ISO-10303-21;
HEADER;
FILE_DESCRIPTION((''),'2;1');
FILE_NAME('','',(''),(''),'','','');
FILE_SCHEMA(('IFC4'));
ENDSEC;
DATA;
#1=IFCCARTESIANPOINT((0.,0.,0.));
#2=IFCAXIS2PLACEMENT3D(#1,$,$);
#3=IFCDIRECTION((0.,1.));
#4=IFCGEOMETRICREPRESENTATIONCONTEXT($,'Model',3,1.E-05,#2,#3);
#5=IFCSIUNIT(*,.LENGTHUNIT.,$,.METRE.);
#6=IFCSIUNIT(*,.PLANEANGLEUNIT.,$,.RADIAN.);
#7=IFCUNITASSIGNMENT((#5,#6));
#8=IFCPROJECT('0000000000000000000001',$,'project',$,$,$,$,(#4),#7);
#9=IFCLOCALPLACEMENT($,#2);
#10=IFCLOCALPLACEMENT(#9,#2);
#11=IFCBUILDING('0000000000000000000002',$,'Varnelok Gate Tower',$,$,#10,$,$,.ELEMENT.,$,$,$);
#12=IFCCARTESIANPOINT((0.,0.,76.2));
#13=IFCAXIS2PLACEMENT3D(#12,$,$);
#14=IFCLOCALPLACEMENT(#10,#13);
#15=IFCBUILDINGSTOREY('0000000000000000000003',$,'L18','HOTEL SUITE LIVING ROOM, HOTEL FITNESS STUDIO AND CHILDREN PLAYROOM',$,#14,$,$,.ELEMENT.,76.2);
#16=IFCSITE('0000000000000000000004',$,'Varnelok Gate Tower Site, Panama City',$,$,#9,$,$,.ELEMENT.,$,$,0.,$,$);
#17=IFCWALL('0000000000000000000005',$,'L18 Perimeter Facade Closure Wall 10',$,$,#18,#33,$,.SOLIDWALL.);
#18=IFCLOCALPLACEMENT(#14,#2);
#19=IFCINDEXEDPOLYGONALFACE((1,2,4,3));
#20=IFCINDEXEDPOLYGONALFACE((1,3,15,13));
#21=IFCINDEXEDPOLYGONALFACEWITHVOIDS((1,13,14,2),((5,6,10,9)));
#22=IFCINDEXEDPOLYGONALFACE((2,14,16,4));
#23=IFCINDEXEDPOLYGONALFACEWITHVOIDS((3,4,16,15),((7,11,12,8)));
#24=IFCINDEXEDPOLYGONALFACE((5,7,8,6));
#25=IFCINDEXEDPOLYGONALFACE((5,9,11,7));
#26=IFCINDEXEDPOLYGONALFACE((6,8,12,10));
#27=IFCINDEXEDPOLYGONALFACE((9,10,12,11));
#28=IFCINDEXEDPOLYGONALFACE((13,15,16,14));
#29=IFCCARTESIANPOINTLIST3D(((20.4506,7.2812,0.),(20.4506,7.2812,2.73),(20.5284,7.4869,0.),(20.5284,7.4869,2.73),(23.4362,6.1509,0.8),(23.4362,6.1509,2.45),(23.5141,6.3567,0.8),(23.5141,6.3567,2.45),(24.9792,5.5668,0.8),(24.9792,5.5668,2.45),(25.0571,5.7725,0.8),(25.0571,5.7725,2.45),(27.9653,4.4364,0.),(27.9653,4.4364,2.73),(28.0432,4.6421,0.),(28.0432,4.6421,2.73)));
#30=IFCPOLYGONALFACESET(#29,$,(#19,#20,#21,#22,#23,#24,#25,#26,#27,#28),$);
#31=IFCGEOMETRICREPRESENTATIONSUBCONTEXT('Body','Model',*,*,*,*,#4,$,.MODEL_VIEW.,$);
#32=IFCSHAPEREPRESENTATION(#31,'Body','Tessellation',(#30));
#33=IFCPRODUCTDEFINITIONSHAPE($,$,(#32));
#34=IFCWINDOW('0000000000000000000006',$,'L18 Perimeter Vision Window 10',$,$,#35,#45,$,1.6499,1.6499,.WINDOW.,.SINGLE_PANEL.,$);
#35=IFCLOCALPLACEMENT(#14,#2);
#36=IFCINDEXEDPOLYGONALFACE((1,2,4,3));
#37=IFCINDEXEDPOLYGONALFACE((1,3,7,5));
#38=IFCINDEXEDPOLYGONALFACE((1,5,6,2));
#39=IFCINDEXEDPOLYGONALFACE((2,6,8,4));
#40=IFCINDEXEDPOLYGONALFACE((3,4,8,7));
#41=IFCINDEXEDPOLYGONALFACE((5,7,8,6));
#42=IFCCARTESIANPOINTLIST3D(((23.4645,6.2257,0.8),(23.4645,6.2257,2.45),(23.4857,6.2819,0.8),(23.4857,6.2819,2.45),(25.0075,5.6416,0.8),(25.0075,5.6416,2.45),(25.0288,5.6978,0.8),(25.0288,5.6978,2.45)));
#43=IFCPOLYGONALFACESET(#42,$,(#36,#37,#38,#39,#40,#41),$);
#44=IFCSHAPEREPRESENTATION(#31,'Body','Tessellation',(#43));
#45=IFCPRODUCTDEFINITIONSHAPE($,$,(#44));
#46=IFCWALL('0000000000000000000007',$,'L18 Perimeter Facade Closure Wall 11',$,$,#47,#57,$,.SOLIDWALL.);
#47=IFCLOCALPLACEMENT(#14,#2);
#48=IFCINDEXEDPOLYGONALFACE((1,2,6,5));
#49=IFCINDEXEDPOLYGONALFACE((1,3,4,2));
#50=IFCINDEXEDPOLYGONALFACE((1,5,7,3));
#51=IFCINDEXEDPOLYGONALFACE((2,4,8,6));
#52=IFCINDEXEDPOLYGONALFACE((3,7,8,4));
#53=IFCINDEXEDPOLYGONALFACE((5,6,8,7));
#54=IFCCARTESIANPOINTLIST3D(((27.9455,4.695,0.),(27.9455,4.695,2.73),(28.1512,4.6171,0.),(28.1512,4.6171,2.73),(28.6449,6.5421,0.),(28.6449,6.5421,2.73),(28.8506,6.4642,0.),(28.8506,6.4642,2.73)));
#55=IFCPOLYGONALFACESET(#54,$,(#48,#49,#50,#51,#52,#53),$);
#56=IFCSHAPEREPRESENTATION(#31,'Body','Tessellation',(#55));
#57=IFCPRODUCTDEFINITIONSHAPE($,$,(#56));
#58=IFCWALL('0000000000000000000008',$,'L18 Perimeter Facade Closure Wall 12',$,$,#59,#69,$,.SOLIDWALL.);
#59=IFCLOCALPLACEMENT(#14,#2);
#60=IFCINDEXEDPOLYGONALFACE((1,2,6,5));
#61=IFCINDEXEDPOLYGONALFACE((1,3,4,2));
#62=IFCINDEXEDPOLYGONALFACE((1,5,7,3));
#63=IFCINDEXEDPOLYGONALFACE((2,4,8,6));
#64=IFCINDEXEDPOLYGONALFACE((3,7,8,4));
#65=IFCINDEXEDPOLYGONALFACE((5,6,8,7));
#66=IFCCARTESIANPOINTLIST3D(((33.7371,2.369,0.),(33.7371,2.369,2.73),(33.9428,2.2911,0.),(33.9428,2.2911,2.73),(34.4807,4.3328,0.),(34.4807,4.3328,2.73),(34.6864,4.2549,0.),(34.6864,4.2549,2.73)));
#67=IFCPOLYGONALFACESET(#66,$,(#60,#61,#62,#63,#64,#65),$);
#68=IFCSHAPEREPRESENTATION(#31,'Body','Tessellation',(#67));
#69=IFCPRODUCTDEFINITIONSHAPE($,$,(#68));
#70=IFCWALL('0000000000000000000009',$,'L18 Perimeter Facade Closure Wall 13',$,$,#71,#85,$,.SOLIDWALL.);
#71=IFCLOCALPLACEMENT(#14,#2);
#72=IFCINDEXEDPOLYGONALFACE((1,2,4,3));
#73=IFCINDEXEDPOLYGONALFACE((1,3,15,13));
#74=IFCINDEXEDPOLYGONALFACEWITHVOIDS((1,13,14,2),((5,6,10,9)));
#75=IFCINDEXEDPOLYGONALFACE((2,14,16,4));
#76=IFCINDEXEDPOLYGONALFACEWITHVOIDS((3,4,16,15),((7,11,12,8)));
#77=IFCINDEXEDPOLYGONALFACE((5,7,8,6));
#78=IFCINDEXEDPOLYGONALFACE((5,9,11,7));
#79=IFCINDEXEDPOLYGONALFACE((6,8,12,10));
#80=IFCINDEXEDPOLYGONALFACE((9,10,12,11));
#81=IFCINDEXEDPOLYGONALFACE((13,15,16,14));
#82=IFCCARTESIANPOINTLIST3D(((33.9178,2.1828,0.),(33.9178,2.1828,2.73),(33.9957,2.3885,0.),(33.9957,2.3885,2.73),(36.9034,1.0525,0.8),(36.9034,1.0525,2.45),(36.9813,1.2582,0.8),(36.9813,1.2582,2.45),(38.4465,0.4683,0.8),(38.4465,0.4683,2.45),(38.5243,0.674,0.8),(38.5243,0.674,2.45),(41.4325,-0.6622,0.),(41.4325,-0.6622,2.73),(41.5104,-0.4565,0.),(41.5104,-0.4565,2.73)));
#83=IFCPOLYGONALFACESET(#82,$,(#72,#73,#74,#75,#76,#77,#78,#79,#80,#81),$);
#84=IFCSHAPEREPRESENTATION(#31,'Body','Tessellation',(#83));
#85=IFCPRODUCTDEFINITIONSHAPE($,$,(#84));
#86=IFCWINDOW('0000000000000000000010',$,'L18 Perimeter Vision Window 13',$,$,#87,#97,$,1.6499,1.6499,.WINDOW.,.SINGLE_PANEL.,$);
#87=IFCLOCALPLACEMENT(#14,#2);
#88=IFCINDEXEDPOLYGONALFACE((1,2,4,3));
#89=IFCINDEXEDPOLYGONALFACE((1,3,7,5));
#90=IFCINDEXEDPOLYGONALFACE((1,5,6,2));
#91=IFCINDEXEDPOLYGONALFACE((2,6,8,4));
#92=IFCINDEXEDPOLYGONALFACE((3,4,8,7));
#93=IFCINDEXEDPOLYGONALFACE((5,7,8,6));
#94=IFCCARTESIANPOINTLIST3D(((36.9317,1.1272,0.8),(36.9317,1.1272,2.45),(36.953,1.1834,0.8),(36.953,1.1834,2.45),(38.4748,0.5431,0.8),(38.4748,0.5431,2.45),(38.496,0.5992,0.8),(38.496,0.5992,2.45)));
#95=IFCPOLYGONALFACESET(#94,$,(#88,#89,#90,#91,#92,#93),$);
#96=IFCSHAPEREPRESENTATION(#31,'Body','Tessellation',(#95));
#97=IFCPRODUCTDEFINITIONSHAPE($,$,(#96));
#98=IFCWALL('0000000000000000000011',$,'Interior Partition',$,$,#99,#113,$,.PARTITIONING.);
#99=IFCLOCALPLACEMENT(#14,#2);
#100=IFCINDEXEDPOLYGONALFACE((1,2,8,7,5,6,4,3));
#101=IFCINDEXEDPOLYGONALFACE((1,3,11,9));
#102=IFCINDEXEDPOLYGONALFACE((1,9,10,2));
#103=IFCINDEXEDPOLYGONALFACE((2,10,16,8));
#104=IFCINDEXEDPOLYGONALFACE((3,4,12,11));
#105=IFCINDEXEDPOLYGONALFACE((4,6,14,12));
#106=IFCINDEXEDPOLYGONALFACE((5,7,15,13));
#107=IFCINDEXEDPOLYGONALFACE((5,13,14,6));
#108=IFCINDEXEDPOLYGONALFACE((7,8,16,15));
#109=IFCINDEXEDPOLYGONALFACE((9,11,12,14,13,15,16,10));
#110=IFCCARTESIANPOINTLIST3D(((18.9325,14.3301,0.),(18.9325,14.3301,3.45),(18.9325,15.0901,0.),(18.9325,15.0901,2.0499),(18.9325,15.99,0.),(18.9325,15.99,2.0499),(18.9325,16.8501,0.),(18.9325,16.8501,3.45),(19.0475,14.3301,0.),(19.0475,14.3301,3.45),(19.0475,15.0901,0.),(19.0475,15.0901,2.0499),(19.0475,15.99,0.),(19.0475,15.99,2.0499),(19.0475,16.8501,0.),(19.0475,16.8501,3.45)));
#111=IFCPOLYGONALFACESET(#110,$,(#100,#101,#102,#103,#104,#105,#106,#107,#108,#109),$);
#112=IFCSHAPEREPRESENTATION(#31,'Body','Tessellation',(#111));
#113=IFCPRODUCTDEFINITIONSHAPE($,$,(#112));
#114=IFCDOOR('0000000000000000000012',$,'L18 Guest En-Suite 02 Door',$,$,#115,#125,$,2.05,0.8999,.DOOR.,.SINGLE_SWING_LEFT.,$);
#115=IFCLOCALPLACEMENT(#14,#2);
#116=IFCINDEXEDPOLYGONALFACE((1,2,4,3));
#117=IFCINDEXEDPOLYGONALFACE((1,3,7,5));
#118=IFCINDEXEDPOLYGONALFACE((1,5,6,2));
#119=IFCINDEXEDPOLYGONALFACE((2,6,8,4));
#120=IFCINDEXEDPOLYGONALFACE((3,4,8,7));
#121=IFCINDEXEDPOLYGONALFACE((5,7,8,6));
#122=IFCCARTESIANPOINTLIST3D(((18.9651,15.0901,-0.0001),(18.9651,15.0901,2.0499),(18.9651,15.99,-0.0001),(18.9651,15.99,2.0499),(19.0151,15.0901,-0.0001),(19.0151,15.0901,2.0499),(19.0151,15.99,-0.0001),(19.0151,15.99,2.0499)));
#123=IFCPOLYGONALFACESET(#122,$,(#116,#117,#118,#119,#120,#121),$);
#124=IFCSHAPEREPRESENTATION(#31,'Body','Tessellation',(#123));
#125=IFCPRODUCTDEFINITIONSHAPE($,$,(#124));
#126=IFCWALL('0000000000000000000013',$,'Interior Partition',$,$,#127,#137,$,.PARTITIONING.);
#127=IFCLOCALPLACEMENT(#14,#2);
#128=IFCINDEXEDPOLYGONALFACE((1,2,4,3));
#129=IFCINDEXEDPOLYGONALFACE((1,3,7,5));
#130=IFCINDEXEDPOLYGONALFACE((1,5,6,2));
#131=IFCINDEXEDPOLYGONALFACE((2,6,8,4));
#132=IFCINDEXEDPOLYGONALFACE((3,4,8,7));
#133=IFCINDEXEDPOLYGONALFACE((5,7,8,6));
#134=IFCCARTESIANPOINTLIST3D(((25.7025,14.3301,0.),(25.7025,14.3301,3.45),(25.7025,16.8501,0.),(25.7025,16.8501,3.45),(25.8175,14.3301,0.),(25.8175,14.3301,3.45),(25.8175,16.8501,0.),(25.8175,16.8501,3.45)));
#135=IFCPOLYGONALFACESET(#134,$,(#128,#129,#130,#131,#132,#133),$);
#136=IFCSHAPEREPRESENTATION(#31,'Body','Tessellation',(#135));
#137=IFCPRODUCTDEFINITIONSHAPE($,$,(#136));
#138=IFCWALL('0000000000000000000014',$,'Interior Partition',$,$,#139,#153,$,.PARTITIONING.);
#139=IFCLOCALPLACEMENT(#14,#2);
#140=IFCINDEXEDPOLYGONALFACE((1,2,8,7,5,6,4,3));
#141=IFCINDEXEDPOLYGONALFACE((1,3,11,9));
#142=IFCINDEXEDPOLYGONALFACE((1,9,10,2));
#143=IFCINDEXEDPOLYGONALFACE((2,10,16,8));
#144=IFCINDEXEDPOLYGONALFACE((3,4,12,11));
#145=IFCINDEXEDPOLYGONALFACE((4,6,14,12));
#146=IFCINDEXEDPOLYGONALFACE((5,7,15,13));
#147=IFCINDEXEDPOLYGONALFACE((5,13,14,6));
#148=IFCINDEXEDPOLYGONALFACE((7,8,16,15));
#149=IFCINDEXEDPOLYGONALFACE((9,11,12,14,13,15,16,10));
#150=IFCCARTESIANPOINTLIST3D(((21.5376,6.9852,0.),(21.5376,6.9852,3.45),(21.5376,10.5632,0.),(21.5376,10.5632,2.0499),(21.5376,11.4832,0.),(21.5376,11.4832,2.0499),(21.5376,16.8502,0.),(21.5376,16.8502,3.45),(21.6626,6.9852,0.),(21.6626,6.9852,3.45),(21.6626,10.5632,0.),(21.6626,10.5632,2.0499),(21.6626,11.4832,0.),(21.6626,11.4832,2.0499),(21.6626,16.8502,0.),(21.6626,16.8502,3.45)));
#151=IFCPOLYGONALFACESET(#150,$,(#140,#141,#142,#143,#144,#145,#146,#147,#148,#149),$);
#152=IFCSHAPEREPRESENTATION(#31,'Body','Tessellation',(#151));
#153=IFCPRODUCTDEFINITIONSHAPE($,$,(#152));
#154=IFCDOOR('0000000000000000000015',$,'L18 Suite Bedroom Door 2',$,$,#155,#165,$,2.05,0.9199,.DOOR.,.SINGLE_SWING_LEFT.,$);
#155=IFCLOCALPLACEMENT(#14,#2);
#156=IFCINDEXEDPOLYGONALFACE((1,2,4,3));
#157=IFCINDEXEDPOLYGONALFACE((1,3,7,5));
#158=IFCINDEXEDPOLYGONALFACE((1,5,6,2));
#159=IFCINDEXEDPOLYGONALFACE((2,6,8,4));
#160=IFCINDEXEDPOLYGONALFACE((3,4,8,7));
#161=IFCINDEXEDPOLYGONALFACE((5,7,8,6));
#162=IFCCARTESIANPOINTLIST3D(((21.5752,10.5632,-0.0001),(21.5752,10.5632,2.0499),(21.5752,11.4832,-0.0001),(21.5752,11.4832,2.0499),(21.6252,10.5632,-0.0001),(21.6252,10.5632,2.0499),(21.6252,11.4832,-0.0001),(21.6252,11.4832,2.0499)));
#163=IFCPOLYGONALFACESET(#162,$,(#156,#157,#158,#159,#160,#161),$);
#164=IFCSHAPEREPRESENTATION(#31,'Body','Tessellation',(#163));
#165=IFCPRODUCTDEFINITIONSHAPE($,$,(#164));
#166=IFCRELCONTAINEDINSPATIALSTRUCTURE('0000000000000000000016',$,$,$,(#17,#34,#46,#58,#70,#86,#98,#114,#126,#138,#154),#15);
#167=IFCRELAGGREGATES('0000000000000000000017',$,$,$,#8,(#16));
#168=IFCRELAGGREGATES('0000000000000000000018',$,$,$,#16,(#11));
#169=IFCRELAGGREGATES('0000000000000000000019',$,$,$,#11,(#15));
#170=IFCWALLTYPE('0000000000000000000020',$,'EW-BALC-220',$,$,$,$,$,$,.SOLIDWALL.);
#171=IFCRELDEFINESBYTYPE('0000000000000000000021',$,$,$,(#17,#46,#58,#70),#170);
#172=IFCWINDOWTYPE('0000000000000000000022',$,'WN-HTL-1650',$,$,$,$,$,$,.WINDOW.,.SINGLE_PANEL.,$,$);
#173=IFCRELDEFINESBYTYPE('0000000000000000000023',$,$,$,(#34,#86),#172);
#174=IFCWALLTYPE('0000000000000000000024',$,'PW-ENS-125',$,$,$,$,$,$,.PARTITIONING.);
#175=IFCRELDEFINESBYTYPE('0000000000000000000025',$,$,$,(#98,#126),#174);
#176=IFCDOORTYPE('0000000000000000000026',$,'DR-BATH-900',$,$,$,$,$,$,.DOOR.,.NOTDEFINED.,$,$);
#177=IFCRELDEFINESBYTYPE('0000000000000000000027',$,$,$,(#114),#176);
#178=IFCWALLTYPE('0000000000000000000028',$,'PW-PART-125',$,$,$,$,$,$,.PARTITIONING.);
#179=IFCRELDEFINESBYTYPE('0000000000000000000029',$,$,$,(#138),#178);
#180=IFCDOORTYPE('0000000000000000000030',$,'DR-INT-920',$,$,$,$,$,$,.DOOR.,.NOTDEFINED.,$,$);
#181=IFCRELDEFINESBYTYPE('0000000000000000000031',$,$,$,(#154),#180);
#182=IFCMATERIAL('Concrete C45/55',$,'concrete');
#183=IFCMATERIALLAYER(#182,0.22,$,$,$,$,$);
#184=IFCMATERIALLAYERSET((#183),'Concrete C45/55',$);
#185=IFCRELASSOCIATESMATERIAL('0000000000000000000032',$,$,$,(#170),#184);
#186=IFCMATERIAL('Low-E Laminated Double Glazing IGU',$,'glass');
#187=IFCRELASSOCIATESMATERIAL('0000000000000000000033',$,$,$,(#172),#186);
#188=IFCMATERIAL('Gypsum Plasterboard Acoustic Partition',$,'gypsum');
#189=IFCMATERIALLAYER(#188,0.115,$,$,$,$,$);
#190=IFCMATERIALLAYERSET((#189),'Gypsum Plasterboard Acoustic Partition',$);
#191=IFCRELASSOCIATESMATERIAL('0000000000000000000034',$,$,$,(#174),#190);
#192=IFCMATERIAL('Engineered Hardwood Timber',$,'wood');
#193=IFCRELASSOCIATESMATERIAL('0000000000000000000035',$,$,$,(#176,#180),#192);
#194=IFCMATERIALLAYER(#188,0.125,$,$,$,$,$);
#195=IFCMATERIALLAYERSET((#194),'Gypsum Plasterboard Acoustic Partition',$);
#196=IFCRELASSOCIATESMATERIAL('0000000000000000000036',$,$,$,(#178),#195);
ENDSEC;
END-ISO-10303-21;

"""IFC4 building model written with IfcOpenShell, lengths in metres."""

from ifc_helpers import new_model, si_unit, direction, frame, frame_2d, origin, place, context, subcontext, project, spatial, rectangle, extrude, material, layer, layer_set, type_object, element, fill, save


model = new_model("IFC4")

# Units and contexts
model_context = context("Model", 3, precision=1e-05, world=origin(), true_north=direction((0.0, 1.0)))
body_context = subcontext(model_context, "Body", "Model", "MODEL_VIEW")
ifc_project = project(units=[si_unit("LENGTHUNIT", "METRE"), si_unit("PLANEANGLEUNIT", "RADIAN")], contexts=[model_context])

# Site, building, storey
site_placement = place(None, origin())
site = spatial("IfcSite", under=ifc_project, at=site_placement, Name="Varnelok Gate Tower Site, Panama City", CompositionType="ELEMENT", RefElevation=0.0)
building_placement = place(site_placement, origin())
building = spatial("IfcBuilding", under=site, at=building_placement, Name="Varnelok Gate Tower", CompositionType="ELEMENT")
storey_placement = place(building_placement, frame((0.0, 0.0, 76.2)))
storey = spatial("IfcBuildingStorey", under=building, at=storey_placement, Name="L18", Description="HOTEL SUITE LIVING ROOM, HOTEL FITNESS STUDIO AND CHILDREN PLAYROOM", CompositionType="ELEMENT", Elevation=76.2)

# Shared definitions
ifc_material_1 = material(Name="Concrete C45/55", Category="concrete")
ifc_layer_1 = layer(ifc_material_1, 0.22)
ifc_layer_set_1 = layer_set([ifc_layer_1], Name="Concrete C45/55")
wall_type_1 = type_object("IfcWallType", Name="EW-BALC-220", PredefinedType="SOLIDWALL", material=ifc_layer_set_1)

# Wall, opening, window
wall_1_placement = place(storey_placement, frame((20.4895, 7.384, 0.0), z_axis=(0.0, 0.0, 1.0), x_axis=(0.935231, -0.354039, 0.0)))
wall_1 = element("IfcWall", 1, at=wall_1_placement, inside=storey, type_object=wall_type_1, Name="L18 Perimeter Facade Closure Wall 10", PredefinedType="SOLIDWALL", context=body_context, shape_type="SweptSolid", body=[
    extrude(rectangle(XDim=8.0352, YDim=0.22, at=frame_2d((4.0176, 0.0))), origin(), (0.0, 0.0, 1.0), 2.73),
])
opening_1_placement = place(wall_1_placement, frame((3.1924, 0.0, 0.8)))
opening_1 = element("IfcOpeningElement", 2, at=opening_1_placement, cuts=wall_1, PredefinedType="OPENING", context=body_context, shape_type="SweptSolid", body=[
    extrude(rectangle(XDim=1.6499, YDim=1.6499, at=frame_2d((0.825, 0.825))), frame((0.0, 0.1199, 0.0), z_axis=(0.0, -1.0, 0.0), x_axis=(1.0, 0.0, 0.0)), (0.0, 0.0, 1.0), 0.24),
])
ifc_material_2 = material(Name="Low-E Laminated Double Glazing IGU", Category="glass")
window_type = type_object("IfcWindowType", Name="WN-HTL-1650", PartitioningType="SINGLE_PANEL", PredefinedType="WINDOW", material=ifc_material_2)
window_1_placement = place(opening_1_placement, origin())
window_1 = element("IfcWindow", 3, at=window_1_placement, inside=storey, type_object=window_type, Name="L18 Perimeter Vision Window 10", OverallHeight=1.6499, OverallWidth=1.6499, PartitioningType="SINGLE_PANEL", PredefinedType="WINDOW", context=body_context, shape_type="SweptSolid", body=[
    extrude(rectangle(XDim=1.6499, YDim=1.6499, at=frame_2d((0.825, 0.825))), frame((0.0, 0.03, 0.0), z_axis=(0.0, -1.0, 0.0), x_axis=(1.0, 0.0, 0.0)), (0.0, 0.0, 1.0), 0.0601),
])
fill(opening_1, window_1)

# Walls
wall_2_placement = place(storey_placement, frame((28.0483, 4.656, 0.0), z_axis=(0.0, 0.0, 1.0), x_axis=(0.354129, 0.935197, 0.0)))
element("IfcWall", 4, at=wall_2_placement, inside=storey, type_object=wall_type_1, Name="L18 Perimeter Facade Closure Wall 11", PredefinedType="SOLIDWALL", context=body_context, shape_type="SweptSolid", body=[
    extrude(rectangle(XDim=1.9751, YDim=0.22, at=frame_2d((0.9875, 0.0))), origin(), (0.0, 0.0, 1.0), 2.73),
])
wall_3_placement = place(storey_placement, frame((34.5835, 4.2937, 0.0), z_axis=(0.0, 0.0, 1.0), x_axis=(-0.354128, -0.935197, 0.0)))
element("IfcWall", 5, at=wall_3_placement, inside=storey, type_object=wall_type_1, Name="L18 Perimeter Facade Closure Wall 12", PredefinedType="SOLIDWALL", context=body_context, shape_type="SweptSolid", body=[
    extrude(rectangle(XDim=2.0999, YDim=0.22, at=frame_2d((1.0498, 0.0))), origin(), (0.0, 0.0, 1.0), 2.73),
])

# Wall, opening, window
wall_4_placement = place(storey_placement, frame((33.9568, 2.2856, 0.0), z_axis=(0.0, 0.0, 1.0), x_axis=(0.935221, -0.354065, 0.0)))
wall_4 = element("IfcWall", 6, at=wall_4_placement, inside=storey, type_object=wall_type_1, Name="L18 Perimeter Facade Closure Wall 13", PredefinedType="SOLIDWALL", context=body_context, shape_type="SweptSolid", body=[
    extrude(rectangle(XDim=8.0352, YDim=0.22, at=frame_2d((4.0176, 0.0))), origin(), (0.0, 0.0, 1.0), 2.73),
])
opening_2_placement = place(wall_4_placement, frame((3.1924, 0.0, 0.8)))
opening_2 = element("IfcOpeningElement", 7, at=opening_2_placement, cuts=wall_4, PredefinedType="OPENING", context=body_context, shape_type="SweptSolid", body=[
    extrude(rectangle(XDim=1.6499, YDim=1.6499, at=frame_2d((0.825, 0.825))), frame((0.0, 0.1199, 0.0), z_axis=(0.0, -1.0, 0.0), x_axis=(1.0, 0.0, 0.0)), (0.0, 0.0, 1.0), 0.24),
])
window_2_placement = place(opening_2_placement, origin())
window_2 = element("IfcWindow", 8, at=window_2_placement, inside=storey, type_object=window_type, Name="L18 Perimeter Vision Window 13", OverallHeight=1.6499, OverallWidth=1.6499, PartitioningType="SINGLE_PANEL", PredefinedType="WINDOW", context=body_context, shape_type="SweptSolid", body=[
    extrude(rectangle(XDim=1.6499, YDim=1.6499, at=frame_2d((0.825, 0.825))), frame((0.0, 0.03, 0.0), z_axis=(0.0, -1.0, 0.0), x_axis=(1.0, 0.0, 0.0)), (0.0, 0.0, 1.0), 0.0601),
])
fill(opening_2, window_2)

# Wall, opening, door
ifc_material_3 = material(Name="Gypsum Plasterboard Acoustic Partition", Category="gypsum")
ifc_layer_2 = layer(ifc_material_3, 0.115)
ifc_layer_set_2 = layer_set([ifc_layer_2], Name="Gypsum Plasterboard Acoustic Partition")
wall_type_2 = type_object("IfcWallType", Name="PW-ENS-125", PredefinedType="PARTITIONING", material=ifc_layer_set_2)
wall_5_placement = place(storey_placement, frame((18.99, 14.3301, 0.0), z_axis=(0.0, 0.0, 1.0), x_axis=(0.0, 1.0, 0.0)))
wall_5 = element("IfcWall", 9, at=wall_5_placement, inside=storey, type_object=wall_type_2, Name="Interior Partition", PredefinedType="PARTITIONING", context=body_context, shape_type="SweptSolid", body=[
    extrude(rectangle(XDim=2.52, YDim=0.115, at=frame_2d((1.26, 0.0))), origin(), (0.0, 0.0, 1.0), 3.45),
])
opening_3_placement = place(wall_5_placement, frame((0.76, 0.0, 0.0)))
opening_3 = element("IfcOpeningElement", 10, at=opening_3_placement, cuts=wall_5, PredefinedType="OPENING", context=body_context, shape_type="SweptSolid", body=[
    extrude(rectangle(XDim=0.8999, YDim=2.05, at=frame_2d((0.45, 1.0249))), frame((0.0, 0.0674, 0.0), z_axis=(0.0, -1.0, 0.0), x_axis=(1.0, 0.0, 0.0)), (0.0, 0.0, 1.0), 0.135),
])
ifc_material_4 = material(Name="Engineered Hardwood Timber", Category="wood")
door_type_1 = type_object("IfcDoorType", Name="DR-BATH-900", OperationType="NOTDEFINED", PredefinedType="DOOR", material=ifc_material_4)
door_1_placement = place(opening_3_placement, origin())
door_1 = element("IfcDoor", 11, at=door_1_placement, inside=storey, type_object=door_type_1, Name="L18 Guest En-Suite 02 Door", OperationType="SINGLE_SWING_LEFT", OverallHeight=2.05, OverallWidth=0.8999, PredefinedType="DOOR", context=body_context, shape_type="SweptSolid", body=[
    extrude(rectangle(XDim=0.8999, YDim=2.05, at=frame_2d((0.45, 1.0249))), frame((0.0, 0.0249, 0.0), z_axis=(0.0, -1.0, 0.0), x_axis=(1.0, 0.0, 0.0)), (0.0, 0.0, 1.0), 0.05),
])
fill(opening_3, door_1)

# Wall
wall_6_placement = place(storey_placement, frame((25.76, 14.3301, 0.0), z_axis=(0.0, 0.0, 1.0), x_axis=(0.0, 1.0, 0.0)))
element("IfcWall", 12, at=wall_6_placement, inside=storey, type_object=wall_type_2, Name="Interior Partition", PredefinedType="PARTITIONING", context=body_context, shape_type="SweptSolid", body=[
    extrude(rectangle(XDim=2.52, YDim=0.115, at=frame_2d((1.26, 0.0))), origin(), (0.0, 0.0, 1.0), 3.45),
])

# Wall, opening, door
ifc_layer_3 = layer(ifc_material_3, 0.125)
ifc_layer_set_3 = layer_set([ifc_layer_3], Name="Gypsum Plasterboard Acoustic Partition")
wall_type_3 = type_object("IfcWallType", Name="PW-PART-125", PredefinedType="PARTITIONING", material=ifc_layer_set_3)
wall_7_placement = place(storey_placement, frame((21.6001, 6.9851, 0.0), z_axis=(0.0, 0.0, 1.0), x_axis=(0.0, 1.0, 0.0)))
wall_7 = element("IfcWall", 13, at=wall_7_placement, inside=storey, type_object=wall_type_3, Name="Interior Partition", PredefinedType="PARTITIONING", context=body_context, shape_type="SweptSolid", body=[
    extrude(rectangle(XDim=9.865, YDim=0.125, at=frame_2d((4.9326, 0.0))), origin(), (0.0, 0.0, 1.0), 3.45),
])
opening_4_placement = place(wall_7_placement, frame((3.5781, 0.0, 0.0)))
opening_4 = element("IfcOpeningElement", 14, at=opening_4_placement, cuts=wall_7, PredefinedType="OPENING", context=body_context, shape_type="SweptSolid", body=[
    extrude(rectangle(XDim=0.9199, YDim=2.05, at=frame_2d((0.46, 1.0249))), frame((0.0, 0.0725, 0.0), z_axis=(0.0, -1.0, 0.0), x_axis=(1.0, 0.0, 0.0)), (0.0, 0.0, 1.0), 0.145),
])
door_type_2 = type_object("IfcDoorType", Name="DR-INT-920", OperationType="NOTDEFINED", PredefinedType="DOOR", material=ifc_material_4)
door_2_placement = place(opening_4_placement, origin())
door_2 = element("IfcDoor", 15, at=door_2_placement, inside=storey, type_object=door_type_2, Name="L18 Suite Bedroom Door 2", OperationType="SINGLE_SWING_LEFT", OverallHeight=2.05, OverallWidth=0.9199, PredefinedType="DOOR", context=body_context, shape_type="SweptSolid", body=[
    extrude(rectangle(XDim=0.9199, YDim=2.05, at=frame_2d((0.46, 1.0249))), frame((0.0, 0.0249, 0.0), z_axis=(0.0, -1.0, 0.0), x_axis=(1.0, 0.0, 0.0)), (0.0, 0.0, 1.0), 0.05),
])
fill(opening_4, door_2)

save(model, "model.ifc")
